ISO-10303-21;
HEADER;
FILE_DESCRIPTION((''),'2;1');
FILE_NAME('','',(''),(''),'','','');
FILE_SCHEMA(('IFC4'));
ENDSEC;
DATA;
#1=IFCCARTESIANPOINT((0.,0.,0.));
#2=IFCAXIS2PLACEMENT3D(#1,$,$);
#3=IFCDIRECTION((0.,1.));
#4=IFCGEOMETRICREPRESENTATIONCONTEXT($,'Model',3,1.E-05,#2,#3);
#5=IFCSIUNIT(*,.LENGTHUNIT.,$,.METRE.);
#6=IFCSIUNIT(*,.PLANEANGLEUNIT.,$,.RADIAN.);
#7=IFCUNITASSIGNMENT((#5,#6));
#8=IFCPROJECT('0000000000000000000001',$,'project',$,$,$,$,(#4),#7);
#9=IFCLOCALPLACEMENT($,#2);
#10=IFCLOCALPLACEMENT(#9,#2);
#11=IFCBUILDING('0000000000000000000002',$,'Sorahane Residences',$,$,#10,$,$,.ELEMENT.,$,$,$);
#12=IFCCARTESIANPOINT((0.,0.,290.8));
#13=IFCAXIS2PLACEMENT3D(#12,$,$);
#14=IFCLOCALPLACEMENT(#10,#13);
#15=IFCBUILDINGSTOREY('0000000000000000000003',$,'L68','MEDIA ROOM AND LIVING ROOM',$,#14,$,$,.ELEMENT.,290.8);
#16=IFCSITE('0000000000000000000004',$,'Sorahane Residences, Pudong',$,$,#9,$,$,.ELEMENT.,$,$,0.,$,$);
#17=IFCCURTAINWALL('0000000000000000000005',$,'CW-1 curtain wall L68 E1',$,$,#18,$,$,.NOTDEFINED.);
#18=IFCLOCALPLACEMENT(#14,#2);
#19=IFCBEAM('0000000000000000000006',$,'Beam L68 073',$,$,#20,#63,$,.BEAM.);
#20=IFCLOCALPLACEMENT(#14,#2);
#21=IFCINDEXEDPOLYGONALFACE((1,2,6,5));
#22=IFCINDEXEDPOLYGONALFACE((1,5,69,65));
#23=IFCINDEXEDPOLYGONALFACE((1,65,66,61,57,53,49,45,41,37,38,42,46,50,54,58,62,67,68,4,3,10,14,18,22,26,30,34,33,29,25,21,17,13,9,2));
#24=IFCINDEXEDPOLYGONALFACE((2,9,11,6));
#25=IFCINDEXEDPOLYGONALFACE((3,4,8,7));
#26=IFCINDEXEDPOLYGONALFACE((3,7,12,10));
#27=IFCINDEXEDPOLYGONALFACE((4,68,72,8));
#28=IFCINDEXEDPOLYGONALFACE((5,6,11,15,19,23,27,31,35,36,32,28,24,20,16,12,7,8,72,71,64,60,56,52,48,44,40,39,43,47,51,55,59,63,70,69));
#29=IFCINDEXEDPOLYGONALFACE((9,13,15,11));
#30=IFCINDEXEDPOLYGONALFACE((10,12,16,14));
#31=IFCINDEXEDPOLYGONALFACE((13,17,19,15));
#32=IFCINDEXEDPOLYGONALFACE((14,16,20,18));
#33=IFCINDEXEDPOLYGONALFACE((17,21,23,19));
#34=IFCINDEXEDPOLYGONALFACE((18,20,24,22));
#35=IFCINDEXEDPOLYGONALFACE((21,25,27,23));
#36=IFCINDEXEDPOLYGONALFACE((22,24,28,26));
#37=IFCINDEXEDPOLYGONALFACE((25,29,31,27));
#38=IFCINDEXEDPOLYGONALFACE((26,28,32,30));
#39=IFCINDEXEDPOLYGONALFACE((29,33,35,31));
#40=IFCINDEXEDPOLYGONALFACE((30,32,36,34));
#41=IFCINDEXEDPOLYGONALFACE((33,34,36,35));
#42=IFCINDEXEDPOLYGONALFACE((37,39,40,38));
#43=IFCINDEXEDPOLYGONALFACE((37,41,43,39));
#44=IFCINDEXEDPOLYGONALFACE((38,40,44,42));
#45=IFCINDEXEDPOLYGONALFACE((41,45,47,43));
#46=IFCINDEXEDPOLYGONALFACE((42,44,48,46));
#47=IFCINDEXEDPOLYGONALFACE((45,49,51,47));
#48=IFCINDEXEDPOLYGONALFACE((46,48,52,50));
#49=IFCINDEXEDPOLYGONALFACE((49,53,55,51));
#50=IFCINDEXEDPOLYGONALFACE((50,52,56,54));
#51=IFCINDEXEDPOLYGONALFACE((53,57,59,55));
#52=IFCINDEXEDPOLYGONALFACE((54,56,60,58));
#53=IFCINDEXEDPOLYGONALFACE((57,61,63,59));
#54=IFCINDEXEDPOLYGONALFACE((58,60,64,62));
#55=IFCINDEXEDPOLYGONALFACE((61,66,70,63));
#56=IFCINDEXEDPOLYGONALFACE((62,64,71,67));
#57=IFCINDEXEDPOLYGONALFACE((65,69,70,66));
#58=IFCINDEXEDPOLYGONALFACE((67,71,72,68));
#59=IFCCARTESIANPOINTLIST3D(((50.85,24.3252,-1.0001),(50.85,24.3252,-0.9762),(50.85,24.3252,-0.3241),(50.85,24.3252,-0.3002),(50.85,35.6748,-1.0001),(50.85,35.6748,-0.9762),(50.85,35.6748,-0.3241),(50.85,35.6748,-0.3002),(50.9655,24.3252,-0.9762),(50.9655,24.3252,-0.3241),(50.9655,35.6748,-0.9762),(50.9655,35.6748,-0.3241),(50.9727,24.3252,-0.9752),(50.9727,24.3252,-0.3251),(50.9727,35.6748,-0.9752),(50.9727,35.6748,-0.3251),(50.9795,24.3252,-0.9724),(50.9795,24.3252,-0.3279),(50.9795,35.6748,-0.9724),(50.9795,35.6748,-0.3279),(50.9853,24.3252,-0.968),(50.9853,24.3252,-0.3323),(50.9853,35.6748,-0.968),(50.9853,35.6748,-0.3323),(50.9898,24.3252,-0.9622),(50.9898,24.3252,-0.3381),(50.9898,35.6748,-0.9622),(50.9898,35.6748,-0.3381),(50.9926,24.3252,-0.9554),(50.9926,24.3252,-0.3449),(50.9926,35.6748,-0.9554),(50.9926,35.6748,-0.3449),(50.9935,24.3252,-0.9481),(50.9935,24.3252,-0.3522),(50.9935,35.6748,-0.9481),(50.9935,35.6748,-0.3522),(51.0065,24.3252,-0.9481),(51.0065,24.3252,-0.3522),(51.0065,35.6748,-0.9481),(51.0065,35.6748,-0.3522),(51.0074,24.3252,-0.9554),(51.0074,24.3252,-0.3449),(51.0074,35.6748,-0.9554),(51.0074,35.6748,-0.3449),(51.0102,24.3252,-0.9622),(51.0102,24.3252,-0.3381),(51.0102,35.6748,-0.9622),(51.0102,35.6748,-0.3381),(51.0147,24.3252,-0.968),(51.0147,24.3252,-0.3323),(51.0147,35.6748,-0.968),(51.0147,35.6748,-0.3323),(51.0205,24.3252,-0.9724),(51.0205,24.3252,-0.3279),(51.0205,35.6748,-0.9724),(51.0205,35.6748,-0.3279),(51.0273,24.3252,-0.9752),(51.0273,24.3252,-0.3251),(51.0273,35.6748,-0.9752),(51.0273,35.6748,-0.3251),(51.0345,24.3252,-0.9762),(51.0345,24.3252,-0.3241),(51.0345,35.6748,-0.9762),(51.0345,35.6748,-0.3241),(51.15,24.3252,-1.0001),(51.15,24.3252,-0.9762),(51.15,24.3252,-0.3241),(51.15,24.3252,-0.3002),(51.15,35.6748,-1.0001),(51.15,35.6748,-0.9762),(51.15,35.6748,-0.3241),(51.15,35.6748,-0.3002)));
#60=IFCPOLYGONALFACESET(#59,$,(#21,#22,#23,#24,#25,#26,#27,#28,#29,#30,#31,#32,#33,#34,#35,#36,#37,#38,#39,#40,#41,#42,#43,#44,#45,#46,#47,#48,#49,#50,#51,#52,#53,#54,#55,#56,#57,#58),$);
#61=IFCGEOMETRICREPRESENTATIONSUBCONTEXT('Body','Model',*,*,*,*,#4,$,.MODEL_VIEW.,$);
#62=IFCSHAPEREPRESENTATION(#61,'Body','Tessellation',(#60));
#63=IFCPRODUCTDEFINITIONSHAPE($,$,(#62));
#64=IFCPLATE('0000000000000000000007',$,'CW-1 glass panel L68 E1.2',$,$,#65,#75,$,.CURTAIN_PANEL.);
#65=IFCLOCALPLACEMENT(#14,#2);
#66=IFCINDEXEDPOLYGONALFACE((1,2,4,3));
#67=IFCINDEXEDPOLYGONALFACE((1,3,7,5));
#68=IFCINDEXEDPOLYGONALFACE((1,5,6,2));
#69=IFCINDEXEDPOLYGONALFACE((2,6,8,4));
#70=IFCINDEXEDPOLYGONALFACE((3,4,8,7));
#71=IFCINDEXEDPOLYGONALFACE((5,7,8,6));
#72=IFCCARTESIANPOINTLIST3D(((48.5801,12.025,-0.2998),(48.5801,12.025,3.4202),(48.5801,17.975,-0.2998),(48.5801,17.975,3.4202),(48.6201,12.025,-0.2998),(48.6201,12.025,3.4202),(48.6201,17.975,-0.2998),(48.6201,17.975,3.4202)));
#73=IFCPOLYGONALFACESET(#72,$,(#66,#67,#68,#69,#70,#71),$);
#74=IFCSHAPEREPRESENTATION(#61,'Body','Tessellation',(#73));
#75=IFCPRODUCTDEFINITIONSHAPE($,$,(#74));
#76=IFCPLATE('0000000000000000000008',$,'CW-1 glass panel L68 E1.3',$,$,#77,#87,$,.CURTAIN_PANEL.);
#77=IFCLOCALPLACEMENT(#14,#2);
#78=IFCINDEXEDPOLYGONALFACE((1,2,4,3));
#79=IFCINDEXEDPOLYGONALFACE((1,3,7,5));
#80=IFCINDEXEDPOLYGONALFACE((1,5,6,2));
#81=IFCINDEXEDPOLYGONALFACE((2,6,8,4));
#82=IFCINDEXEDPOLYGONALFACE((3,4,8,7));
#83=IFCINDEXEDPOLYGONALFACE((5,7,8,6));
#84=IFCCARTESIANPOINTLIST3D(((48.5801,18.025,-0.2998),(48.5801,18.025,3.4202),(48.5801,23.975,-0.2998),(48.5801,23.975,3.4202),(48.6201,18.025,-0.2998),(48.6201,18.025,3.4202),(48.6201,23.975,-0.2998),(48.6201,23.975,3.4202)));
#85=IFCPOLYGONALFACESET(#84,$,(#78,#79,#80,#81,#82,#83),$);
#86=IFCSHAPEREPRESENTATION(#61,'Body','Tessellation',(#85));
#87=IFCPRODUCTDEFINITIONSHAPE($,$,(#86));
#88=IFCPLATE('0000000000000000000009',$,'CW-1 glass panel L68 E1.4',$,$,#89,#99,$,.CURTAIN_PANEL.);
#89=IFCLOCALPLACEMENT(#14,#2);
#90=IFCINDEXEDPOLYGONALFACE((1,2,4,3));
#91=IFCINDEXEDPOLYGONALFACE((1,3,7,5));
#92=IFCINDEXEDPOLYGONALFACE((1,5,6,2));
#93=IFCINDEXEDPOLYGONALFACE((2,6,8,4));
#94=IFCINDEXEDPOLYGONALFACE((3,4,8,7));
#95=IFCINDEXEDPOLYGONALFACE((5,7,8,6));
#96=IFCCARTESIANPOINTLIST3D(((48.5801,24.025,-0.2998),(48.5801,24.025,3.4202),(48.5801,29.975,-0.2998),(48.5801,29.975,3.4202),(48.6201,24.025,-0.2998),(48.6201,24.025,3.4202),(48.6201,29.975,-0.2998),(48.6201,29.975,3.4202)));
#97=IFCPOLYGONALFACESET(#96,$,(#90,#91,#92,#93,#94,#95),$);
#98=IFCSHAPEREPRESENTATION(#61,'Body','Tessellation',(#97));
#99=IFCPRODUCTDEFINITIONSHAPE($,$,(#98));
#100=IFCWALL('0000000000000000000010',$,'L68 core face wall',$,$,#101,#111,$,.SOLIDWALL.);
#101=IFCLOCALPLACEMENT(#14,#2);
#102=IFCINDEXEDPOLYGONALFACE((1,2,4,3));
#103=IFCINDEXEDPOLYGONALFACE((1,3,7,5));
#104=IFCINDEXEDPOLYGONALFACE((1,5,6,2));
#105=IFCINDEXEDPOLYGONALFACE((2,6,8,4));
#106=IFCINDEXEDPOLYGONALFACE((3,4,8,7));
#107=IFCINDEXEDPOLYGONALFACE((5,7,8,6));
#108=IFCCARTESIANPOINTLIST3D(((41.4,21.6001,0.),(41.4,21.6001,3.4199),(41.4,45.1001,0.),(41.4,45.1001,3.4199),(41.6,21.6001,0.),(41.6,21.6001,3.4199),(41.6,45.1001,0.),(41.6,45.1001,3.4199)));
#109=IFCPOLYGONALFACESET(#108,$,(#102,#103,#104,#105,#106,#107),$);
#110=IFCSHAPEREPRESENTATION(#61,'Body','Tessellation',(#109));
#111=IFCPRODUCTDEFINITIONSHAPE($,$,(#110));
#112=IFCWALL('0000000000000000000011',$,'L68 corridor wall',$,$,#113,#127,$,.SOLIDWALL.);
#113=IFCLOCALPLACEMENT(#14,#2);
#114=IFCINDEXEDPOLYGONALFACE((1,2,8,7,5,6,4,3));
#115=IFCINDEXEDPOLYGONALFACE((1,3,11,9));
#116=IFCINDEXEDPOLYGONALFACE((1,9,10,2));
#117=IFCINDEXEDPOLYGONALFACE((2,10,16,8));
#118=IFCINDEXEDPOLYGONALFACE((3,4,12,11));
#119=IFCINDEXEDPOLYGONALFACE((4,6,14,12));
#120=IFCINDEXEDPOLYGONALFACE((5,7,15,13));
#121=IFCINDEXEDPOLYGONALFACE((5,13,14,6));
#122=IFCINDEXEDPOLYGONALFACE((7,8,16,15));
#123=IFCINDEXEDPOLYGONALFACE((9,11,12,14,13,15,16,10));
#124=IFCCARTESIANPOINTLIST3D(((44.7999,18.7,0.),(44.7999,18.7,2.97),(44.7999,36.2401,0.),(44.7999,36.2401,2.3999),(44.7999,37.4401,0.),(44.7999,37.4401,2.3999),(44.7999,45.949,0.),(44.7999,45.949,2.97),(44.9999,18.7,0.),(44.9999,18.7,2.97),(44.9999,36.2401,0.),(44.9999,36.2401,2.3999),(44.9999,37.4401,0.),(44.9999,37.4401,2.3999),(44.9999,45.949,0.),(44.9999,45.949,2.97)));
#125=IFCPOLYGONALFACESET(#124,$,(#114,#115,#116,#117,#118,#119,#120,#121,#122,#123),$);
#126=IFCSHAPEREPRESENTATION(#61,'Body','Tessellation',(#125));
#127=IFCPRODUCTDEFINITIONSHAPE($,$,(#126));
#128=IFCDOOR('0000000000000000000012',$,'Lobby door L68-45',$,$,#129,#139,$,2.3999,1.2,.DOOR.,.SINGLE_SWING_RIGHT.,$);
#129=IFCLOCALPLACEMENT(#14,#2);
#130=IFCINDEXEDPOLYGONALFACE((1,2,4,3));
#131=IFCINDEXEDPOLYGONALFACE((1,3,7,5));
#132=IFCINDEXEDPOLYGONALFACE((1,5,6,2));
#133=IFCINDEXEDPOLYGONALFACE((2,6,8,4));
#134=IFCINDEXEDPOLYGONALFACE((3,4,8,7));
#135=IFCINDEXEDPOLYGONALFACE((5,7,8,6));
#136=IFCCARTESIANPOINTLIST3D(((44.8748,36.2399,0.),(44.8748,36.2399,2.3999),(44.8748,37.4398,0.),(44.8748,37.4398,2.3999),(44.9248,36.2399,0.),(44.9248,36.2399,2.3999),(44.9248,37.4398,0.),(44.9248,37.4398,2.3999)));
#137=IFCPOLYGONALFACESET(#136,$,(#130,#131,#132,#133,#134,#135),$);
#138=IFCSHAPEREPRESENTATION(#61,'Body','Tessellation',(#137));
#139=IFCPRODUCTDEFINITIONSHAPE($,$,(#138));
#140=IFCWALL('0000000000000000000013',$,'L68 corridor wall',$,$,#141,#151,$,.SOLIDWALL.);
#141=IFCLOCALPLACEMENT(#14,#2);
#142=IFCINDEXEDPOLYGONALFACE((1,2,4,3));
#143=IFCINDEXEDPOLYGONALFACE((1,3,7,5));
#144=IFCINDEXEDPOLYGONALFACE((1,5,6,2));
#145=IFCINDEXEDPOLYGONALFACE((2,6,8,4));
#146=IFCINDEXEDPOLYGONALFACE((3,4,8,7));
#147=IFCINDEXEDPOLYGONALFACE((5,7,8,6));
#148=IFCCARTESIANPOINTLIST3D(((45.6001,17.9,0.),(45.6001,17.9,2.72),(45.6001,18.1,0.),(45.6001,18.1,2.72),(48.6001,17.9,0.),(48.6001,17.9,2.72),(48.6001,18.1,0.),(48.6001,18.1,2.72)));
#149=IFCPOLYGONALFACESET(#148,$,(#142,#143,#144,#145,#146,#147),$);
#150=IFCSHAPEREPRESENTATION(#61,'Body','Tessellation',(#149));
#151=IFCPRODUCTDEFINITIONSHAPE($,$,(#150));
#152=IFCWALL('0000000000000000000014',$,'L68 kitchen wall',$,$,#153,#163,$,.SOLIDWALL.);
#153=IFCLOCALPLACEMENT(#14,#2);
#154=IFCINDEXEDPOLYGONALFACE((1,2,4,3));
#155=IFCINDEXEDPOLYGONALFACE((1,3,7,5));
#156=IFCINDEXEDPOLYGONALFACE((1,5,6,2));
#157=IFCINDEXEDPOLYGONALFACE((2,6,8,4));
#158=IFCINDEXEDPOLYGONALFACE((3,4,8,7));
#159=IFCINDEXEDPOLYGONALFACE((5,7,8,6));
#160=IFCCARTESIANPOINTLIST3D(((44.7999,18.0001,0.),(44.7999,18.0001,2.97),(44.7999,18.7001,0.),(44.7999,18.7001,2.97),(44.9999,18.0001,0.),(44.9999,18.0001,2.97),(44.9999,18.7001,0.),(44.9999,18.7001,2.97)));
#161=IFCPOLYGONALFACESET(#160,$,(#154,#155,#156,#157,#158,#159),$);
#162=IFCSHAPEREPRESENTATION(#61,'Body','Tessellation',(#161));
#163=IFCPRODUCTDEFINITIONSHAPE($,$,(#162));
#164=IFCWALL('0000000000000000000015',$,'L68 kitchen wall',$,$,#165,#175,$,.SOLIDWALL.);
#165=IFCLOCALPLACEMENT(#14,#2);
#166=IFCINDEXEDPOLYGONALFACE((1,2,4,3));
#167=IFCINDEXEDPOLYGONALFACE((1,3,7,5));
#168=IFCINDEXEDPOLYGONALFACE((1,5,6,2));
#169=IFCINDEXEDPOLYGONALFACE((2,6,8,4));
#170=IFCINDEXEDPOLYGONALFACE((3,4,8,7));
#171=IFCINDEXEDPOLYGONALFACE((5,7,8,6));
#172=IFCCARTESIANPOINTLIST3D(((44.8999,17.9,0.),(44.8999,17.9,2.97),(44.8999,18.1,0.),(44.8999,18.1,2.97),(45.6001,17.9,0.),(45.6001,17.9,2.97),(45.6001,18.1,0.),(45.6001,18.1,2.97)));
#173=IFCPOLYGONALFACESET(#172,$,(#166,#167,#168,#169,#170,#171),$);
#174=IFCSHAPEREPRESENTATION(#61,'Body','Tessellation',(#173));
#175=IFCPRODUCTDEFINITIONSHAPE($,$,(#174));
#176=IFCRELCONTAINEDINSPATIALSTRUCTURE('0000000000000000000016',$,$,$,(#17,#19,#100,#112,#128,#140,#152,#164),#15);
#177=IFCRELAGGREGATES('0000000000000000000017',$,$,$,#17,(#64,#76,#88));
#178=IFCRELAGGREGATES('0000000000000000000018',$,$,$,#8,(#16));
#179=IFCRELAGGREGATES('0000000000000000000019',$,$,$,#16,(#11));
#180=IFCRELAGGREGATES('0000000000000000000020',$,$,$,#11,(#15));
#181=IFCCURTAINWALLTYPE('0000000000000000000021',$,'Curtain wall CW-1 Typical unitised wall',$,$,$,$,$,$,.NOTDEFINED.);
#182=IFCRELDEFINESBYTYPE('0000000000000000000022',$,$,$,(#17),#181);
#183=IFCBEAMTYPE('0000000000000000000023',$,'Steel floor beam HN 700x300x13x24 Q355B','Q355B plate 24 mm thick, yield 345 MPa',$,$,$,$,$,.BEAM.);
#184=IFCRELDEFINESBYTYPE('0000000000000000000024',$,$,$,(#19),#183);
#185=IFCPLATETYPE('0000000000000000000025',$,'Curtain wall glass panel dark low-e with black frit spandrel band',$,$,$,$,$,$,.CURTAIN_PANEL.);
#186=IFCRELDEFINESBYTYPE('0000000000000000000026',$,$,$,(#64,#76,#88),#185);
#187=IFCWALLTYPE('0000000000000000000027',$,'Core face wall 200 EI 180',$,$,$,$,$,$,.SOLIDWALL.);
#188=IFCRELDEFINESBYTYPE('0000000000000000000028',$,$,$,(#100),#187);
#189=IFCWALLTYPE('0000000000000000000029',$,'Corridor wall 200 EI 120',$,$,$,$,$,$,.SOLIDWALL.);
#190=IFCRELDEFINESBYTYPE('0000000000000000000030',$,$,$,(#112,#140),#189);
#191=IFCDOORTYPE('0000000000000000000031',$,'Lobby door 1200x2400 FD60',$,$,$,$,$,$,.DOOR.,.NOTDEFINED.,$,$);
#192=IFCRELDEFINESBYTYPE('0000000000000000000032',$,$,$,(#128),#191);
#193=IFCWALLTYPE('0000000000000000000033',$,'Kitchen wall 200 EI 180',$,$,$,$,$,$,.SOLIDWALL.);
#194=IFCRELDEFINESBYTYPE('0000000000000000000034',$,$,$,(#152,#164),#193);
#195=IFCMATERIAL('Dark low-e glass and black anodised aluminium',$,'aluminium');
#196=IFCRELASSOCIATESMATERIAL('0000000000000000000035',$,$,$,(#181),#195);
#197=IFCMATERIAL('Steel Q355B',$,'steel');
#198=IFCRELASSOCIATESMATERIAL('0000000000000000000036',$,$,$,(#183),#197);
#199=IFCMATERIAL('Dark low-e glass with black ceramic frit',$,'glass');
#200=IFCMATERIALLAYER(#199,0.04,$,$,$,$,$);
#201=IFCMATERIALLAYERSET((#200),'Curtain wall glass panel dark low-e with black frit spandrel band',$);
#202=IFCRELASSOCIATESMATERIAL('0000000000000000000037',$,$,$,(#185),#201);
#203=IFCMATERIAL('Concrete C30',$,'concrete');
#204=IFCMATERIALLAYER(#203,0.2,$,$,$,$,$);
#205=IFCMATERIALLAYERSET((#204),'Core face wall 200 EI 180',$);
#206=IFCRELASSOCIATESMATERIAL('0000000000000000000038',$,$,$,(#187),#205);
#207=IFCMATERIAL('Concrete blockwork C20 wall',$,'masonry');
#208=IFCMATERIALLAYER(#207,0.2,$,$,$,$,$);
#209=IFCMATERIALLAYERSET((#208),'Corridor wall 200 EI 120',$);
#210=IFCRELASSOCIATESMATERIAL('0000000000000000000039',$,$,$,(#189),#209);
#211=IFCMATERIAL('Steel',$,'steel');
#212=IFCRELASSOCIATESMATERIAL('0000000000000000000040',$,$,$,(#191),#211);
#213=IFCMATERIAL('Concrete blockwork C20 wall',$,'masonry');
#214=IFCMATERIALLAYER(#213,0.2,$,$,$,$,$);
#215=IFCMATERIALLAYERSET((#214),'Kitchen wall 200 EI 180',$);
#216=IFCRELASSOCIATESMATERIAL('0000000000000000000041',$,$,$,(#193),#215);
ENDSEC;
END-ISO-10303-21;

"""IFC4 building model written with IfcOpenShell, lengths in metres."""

from ifc_helpers import new_model, si_unit, direction, frame, frame_2d, origin, origin_2d, place, context, subcontext, project, spatial, rectangle, i_section, extrude, material, layer, layer_set, material_profile, profile_set, type_object, element, fill, aggregate, save


model = new_model("IFC4")

# Units and contexts
model_context = context("Model", 3, precision=1e-05, world=origin(), true_north=direction((0.0, 1.0)))
body_context = subcontext(model_context, "Body", "Model", "MODEL_VIEW")
ifc_project = project(units=[si_unit("LENGTHUNIT", "METRE"), si_unit("PLANEANGLEUNIT", "RADIAN")], contexts=[model_context])

# Site, building, storey
site_placement = place(None, origin())
site = spatial("IfcSite", under=ifc_project, at=site_placement, Name="Sorahane Residences, Pudong", CompositionType="ELEMENT", RefElevation=0.0)
building_placement = place(site_placement, origin())
building = spatial("IfcBuilding", under=site, at=building_placement, Name="Sorahane Residences", CompositionType="ELEMENT")
storey_placement = place(building_placement, frame((0.0, 0.0, 290.8)))
storey = spatial("IfcBuildingStorey", under=building, at=storey_placement, Name="L68", Description="MEDIA ROOM AND LIVING ROOM", CompositionType="ELEMENT", Elevation=290.8)

# Curtain wall
ifc_material_1 = material(Name="Dark low-e glass and black anodised aluminium", Category="aluminium")
curtain_wall_type = type_object("IfcCurtainWallType", Name="Curtain wall CW-1 Typical unitised wall", PredefinedType="NOTDEFINED", material=ifc_material_1)
curtain_wall_placement = place(storey_placement, origin())
curtain_wall = element("IfcCurtainWall", 1, at=curtain_wall_placement, inside=storey, type_object=curtain_wall_type, Name="CW-1 curtain wall L68 E1", PredefinedType="NOTDEFINED")

# Beam
ifc_material_2 = material(Name="Steel Q355B", Category="steel")
ifc_material_profile_1 = material_profile(ifc_material_2, i_section(OverallWidth=0.3, OverallDepth=0.7, WebThickness=0.0129, FlangeThickness=0.0239, FilletRadius=0.0281, at=origin_2d()), Name="HN 700x300x13x24")
ifc_profile_set_1 = profile_set([ifc_material_profile_1], Name="Steel Q355B")
beam_type_1 = type_object("IfcBeamType", Name="Steel floor beam HN 700x300x13x24 Q355B", Description="Q355B plate 24 mm thick, yield 345 MPa", PredefinedType="BEAM", material=ifc_profile_set_1)
for number, where, z_axis, x_axis, name in (
    (2, (51.0, 24.3252, -0.6501), (0.0, 1.0, 0.0), (-1.0, 0.0, 0.0), "Beam L68 073"),
):
    element("IfcBeam", number, at=place(storey_placement, frame(where, z_axis=z_axis, x_axis=x_axis)), inside=storey, type_object=beam_type_1, Name=name, PredefinedType="BEAM", context=body_context, shape_type="SweptSolid", body=[
        extrude(i_section(OverallWidth=0.3, OverallDepth=0.7, WebThickness=0.0129, FlangeThickness=0.0239, FilletRadius=0.0281, at=origin_2d()), origin(), (0.0, 0.0, 1.0), 11.3496),
    ])

# Plates
ifc_material_3 = material(Name="Dark low-e glass with black ceramic frit", Category="glass")
ifc_layer_1 = layer(ifc_material_3, 0.04)
ifc_layer_set_1 = layer_set([ifc_layer_1], Name="Curtain wall glass panel dark low-e with black frit spandrel band")
plate_type = type_object("IfcPlateType", Name="Curtain wall glass panel dark low-e with black frit spandrel band", PredefinedType="CURTAIN_PANEL", material=ifc_layer_set_1)
plate_1_placement = place(storey_placement, frame((48.6001, 15.0, -0.2998), z_axis=(0.0, 0.0, 1.0), x_axis=(0.0, 1.0, 0.0)))
plate_1 = element("IfcPlate", 3, at=plate_1_placement, type_object=plate_type, Name="CW-1 glass panel L68 E1.2", PredefinedType="CURTAIN_PANEL", context=body_context, shape_type="SweptSolid", body=[
    extrude(rectangle(XDim=5.95, YDim=0.04, at=origin_2d()), origin(), (0.0, 0.0, 1.0), 3.72),
])
plate_2_placement = place(storey_placement, frame((48.6001, 21.0, -0.2998), z_axis=(0.0, 0.0, 1.0), x_axis=(0.0, 1.0, 0.0)))
plate_2 = element("IfcPlate", 4, at=plate_2_placement, type_object=plate_type, Name="CW-1 glass panel L68 E1.3", PredefinedType="CURTAIN_PANEL", context=body_context, shape_type="SweptSolid", body=[
    extrude(rectangle(XDim=5.95, YDim=0.04, at=origin_2d()), origin(), (0.0, 0.0, 1.0), 3.72),
])
plate_3_placement = place(storey_placement, frame((48.6001, 27.0, -0.2998), z_axis=(0.0, 0.0, 1.0), x_axis=(0.0, 1.0, 0.0)))
plate_3 = element("IfcPlate", 5, at=plate_3_placement, type_object=plate_type, Name="CW-1 glass panel L68 E1.4", PredefinedType="CURTAIN_PANEL", context=body_context, shape_type="SweptSolid", body=[
    extrude(rectangle(XDim=5.95, YDim=0.04, at=origin_2d()), origin(), (0.0, 0.0, 1.0), 3.72),
])
aggregate(curtain_wall, [plate_1, plate_2, plate_3])

# Wall
ifc_material_4 = material(Name="Concrete C30", Category="concrete")
ifc_layer_2 = layer(ifc_material_4, 0.2)
ifc_layer_set_2 = layer_set([ifc_layer_2], Name="Core face wall 200 EI 180")
wall_type_1 = type_object("IfcWallType", Name="Core face wall 200 EI 180", PredefinedType="SOLIDWALL", material=ifc_layer_set_2)
wall_1_placement = place(storey_placement, frame((41.5, 21.6001, 0.0), z_axis=(0.0, 0.0, 1.0), x_axis=(0.0, 1.0, 0.0)))
element("IfcWall", 6, at=wall_1_placement, inside=storey, type_object=wall_type_1, Name="L68 core face wall", PredefinedType="SOLIDWALL", context=body_context, shape_type="SweptSolid", body=[
    extrude(rectangle(XDim=23.5, YDim=0.2, at=frame_2d((11.75, 0.0))), origin(), (0.0, 0.0, 1.0), 3.4199),
])

# Wall, opening, door
ifc_material_5 = material(Name="Concrete blockwork C20 wall", Category="masonry")
ifc_layer_3 = layer(ifc_material_5, 0.2)
ifc_layer_set_3 = layer_set([ifc_layer_3], Name="Corridor wall 200 EI 120")
wall_type_2 = type_object("IfcWallType", Name="Corridor wall 200 EI 120", PredefinedType="SOLIDWALL", material=ifc_layer_set_3)
wall_2_placement = place(storey_placement, frame((44.8999, 18.7, 0.0), z_axis=(0.0, 0.0, 1.0), x_axis=(0.0, 1.0, 0.0)))
wall_2 = element("IfcWall", 7, at=wall_2_placement, inside=storey, type_object=wall_type_2, Name="L68 corridor wall", PredefinedType="SOLIDWALL", context=body_context, shape_type="SweptSolid", body=[
    extrude(rectangle(XDim=27.249, YDim=0.2, at=frame_2d((13.6245, 0.0))), origin(), (0.0, 0.0, 1.0), 2.97),
])
opening_placement = place(wall_2_placement, frame((17.54, 0.0, 0.0)))
opening = element("IfcOpeningElement", 8, at=opening_placement, cuts=wall_2, PredefinedType="OPENING", context=body_context, shape_type="SweptSolid", body=[
    extrude(rectangle(XDim=1.2, YDim=2.3999, at=frame_2d((0.6001, 1.2))), frame((0.0, 0.1099, 0.0), z_axis=(0.0, -1.0, 0.0), x_axis=(1.0, 0.0, 0.0)), (0.0, 0.0, 1.0), 0.22),
])
ifc_material_6 = material(Name="Steel", Category="steel")
door_type = type_object("IfcDoorType", Name="Lobby door 1200x2400 FD60", OperationType="NOTDEFINED", PredefinedType="DOOR", material=ifc_material_6)
door_placement = place(opening_placement, frame((1.2, 0.0, 0.0), z_axis=(0.0, 0.0, 1.0), x_axis=(-1.0, 0.0, 0.0)))
door = element("IfcDoor", 9, at=door_placement, inside=storey, type_object=door_type, Name="Lobby door L68-45", OperationType="SINGLE_SWING_RIGHT", OverallHeight=2.3999, OverallWidth=1.2, PredefinedType="DOOR", context=body_context, shape_type="SweptSolid", body=[
    extrude(rectangle(XDim=1.2, YDim=2.3999, at=frame_2d((0.6001, 1.2))), frame((0.0, 0.0249, 0.0), z_axis=(0.0, -1.0, 0.0), x_axis=(1.0, 0.0, 0.0)), (0.0, 0.0, 1.0), 0.05),
])
fill(opening, door)

# Walls
wall_3_placement = place(storey_placement, frame((45.6001, 18.0, 0.0), z_axis=(0.0, 0.0, 1.0), x_axis=(1.0, 0.0, 0.0)))
element("IfcWall", 10, at=wall_3_placement, inside=storey, type_object=wall_type_2, Name="L68 corridor wall", PredefinedType="SOLIDWALL", context=body_context, shape_type="SweptSolid", body=[
    extrude(rectangle(XDim=3.0, YDim=0.2, at=frame_2d((1.5, 0.0))), origin(), (0.0, 0.0, 1.0), 2.72),
])
ifc_material_7 = material(Name="Concrete blockwork C20 wall", Category="masonry")
ifc_layer_4 = layer(ifc_material_7, 0.2)
ifc_layer_set_4 = layer_set([ifc_layer_4], Name="Kitchen wall 200 EI 180")
wall_type_3 = type_object("IfcWallType", Name="Kitchen wall 200 EI 180", PredefinedType="SOLIDWALL", material=ifc_layer_set_4)
wall_4_placement = place(storey_placement, frame((44.8999, 18.0, 0.0), z_axis=(0.0, 0.0, 1.0), x_axis=(0.0, 1.0, 0.0)))
element("IfcWall", 11, at=wall_4_placement, inside=storey, type_object=wall_type_3, Name="L68 kitchen wall", PredefinedType="SOLIDWALL", context=body_context, shape_type="SweptSolid", body=[
    extrude(rectangle(XDim=0.7, YDim=0.2, at=frame_2d((0.3501, 0.0))), origin(), (0.0, 0.0, 1.0), 2.97),
])
wall_5_placement = place(storey_placement, frame((44.8999, 18.0, 0.0), z_axis=(0.0, 0.0, 1.0), x_axis=(1.0, 0.0, 0.0)))
element("IfcWall", 12, at=wall_5_placement, inside=storey, type_object=wall_type_3, Name="L68 kitchen wall", PredefinedType="SOLIDWALL", context=body_context, shape_type="SweptSolid", body=[
    extrude(rectangle(XDim=0.7002, YDim=0.2, at=frame_2d((0.3501, 0.0))), origin(), (0.0, 0.0, 1.0), 2.97),
])

save(model, "model.ifc")
